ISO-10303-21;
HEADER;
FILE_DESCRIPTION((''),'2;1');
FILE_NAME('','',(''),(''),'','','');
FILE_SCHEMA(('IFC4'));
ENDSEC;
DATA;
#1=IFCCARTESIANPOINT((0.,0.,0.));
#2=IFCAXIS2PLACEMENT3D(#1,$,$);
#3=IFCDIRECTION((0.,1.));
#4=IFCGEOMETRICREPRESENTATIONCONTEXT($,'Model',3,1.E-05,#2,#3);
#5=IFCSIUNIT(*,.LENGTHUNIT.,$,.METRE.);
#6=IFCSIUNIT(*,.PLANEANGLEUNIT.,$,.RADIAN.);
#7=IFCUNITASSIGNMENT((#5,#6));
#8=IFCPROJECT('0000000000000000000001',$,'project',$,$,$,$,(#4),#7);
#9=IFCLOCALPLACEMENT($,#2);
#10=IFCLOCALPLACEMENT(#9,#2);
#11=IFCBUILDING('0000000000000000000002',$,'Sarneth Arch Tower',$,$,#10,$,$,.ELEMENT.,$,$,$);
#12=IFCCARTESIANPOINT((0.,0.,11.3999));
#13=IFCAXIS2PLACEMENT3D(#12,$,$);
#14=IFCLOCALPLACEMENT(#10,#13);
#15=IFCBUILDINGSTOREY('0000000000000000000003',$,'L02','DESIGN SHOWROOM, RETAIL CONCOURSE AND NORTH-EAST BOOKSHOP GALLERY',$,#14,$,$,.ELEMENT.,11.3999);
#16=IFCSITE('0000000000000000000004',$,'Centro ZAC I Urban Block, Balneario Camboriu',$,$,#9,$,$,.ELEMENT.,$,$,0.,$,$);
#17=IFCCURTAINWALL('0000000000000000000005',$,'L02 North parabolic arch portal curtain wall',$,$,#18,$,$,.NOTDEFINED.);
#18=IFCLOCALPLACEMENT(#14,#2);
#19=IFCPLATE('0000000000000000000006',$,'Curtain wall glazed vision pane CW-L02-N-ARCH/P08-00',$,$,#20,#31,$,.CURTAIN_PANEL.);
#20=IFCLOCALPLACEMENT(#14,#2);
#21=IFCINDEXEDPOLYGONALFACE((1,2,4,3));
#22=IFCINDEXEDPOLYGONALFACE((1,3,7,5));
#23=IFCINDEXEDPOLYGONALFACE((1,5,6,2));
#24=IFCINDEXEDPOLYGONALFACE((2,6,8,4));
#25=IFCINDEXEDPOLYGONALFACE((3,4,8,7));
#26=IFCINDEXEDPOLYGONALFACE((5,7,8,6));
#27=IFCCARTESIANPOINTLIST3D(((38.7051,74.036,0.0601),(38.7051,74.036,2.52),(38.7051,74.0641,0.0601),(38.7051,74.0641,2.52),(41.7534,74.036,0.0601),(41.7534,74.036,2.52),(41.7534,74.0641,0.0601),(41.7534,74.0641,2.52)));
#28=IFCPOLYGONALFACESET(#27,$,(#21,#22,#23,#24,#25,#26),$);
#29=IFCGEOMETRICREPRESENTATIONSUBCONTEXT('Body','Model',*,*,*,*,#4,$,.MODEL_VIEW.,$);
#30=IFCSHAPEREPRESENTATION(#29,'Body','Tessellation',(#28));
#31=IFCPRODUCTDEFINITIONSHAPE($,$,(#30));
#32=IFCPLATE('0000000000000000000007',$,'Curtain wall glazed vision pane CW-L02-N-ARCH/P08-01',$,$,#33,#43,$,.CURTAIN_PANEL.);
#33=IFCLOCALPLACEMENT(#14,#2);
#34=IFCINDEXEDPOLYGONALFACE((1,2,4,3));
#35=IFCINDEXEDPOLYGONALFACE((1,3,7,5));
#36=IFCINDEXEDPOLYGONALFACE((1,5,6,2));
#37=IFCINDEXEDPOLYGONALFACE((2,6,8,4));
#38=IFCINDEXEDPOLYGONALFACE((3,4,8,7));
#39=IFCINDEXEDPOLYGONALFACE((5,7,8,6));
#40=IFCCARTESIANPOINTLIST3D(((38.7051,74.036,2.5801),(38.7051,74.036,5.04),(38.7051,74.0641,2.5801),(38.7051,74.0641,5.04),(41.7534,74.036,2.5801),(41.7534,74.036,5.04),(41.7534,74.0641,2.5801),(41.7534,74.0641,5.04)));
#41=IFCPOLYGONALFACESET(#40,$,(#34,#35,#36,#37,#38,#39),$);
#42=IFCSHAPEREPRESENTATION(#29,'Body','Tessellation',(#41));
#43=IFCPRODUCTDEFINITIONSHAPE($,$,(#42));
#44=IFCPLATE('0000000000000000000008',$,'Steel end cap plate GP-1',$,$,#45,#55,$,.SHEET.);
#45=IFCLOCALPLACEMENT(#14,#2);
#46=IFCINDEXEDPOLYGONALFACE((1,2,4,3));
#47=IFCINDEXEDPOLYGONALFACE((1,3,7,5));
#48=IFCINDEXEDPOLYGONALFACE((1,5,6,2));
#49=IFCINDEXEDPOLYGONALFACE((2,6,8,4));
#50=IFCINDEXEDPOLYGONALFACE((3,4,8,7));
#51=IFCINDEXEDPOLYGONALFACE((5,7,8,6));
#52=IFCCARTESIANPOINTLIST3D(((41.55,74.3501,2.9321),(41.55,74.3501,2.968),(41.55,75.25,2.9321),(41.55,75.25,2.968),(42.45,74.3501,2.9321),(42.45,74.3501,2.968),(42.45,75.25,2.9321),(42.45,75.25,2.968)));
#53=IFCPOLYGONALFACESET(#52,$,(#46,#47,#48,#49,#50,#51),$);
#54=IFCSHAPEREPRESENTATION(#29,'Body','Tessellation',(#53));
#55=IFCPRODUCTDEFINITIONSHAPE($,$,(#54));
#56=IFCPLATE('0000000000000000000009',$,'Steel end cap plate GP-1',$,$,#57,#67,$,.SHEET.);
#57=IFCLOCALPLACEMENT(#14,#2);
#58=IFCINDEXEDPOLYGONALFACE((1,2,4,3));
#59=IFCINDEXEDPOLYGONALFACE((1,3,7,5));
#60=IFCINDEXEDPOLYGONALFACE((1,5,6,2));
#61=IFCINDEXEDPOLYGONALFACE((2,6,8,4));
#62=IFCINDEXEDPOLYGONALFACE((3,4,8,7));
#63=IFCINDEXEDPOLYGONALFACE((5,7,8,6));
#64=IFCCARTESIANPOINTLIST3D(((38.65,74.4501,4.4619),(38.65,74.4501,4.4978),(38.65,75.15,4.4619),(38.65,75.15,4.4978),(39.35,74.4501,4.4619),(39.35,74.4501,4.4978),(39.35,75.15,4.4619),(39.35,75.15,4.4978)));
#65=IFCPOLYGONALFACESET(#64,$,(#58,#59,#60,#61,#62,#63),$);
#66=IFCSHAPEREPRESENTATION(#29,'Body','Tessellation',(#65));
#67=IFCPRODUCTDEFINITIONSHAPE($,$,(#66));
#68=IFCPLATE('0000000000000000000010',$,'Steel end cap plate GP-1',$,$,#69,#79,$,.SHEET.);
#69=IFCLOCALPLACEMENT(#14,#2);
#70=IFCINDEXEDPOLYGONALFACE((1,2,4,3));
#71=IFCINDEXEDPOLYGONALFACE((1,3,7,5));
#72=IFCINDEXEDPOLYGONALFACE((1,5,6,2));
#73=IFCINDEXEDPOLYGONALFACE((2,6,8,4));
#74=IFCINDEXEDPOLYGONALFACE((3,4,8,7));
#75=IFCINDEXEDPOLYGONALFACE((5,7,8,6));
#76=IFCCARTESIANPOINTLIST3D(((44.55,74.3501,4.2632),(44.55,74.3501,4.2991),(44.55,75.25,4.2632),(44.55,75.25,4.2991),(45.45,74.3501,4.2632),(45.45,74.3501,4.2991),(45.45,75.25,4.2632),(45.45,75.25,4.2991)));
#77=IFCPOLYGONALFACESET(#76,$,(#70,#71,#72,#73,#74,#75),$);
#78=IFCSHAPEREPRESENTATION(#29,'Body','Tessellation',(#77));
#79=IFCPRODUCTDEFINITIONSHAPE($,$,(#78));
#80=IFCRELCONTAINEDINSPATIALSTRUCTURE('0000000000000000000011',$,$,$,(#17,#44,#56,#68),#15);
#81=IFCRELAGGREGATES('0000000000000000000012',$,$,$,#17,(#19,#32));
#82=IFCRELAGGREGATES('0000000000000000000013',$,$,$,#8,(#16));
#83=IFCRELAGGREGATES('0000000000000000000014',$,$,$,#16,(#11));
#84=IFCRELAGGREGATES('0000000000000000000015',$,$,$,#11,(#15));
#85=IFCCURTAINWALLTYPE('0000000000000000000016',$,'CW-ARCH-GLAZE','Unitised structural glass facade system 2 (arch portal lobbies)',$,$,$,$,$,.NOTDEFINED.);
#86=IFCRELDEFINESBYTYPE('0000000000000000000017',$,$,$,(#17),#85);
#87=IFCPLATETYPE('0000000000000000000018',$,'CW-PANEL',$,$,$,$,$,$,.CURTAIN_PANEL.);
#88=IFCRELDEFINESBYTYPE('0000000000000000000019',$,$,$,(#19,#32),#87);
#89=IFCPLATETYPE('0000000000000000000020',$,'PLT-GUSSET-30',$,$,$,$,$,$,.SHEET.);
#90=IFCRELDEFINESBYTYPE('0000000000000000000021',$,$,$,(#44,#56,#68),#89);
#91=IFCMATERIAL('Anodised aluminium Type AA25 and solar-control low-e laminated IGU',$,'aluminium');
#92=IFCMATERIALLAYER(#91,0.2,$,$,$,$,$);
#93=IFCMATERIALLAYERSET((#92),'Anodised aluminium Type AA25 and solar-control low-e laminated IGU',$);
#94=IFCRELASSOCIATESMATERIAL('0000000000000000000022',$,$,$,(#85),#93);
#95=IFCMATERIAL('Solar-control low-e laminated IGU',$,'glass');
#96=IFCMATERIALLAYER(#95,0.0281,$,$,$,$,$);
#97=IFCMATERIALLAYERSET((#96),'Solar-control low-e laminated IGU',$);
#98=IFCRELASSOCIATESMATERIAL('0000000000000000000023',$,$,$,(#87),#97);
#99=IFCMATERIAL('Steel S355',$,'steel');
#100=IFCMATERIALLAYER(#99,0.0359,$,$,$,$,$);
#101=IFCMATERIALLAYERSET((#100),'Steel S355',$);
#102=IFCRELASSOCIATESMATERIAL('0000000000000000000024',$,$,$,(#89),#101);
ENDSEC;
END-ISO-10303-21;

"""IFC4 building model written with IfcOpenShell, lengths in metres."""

from ifc_helpers import new_model, si_unit, direction, frame, origin, origin_2d, place, context, subcontext, project, spatial, rectangle, extrude, material, layer, layer_set, type_object, element, aggregate, save


model = new_model("IFC4")

# Units and contexts
model_context = context("Model", 3, precision=1e-05, world=origin(), true_north=direction((0.0, 1.0)))
body_context = subcontext(model_context, "Body", "Model", "MODEL_VIEW")
ifc_project = project(units=[si_unit("LENGTHUNIT", "METRE"), si_unit("PLANEANGLEUNIT", "RADIAN")], contexts=[model_context])

# Site, building, storey
site_placement = place(None, origin())
site = spatial("IfcSite", under=ifc_project, at=site_placement, Name="Centro ZAC I Urban Block, Balneario Camboriu", CompositionType="ELEMENT", RefElevation=0.0)
building_placement = place(site_placement, origin())
building = spatial("IfcBuilding", under=site, at=building_placement, Name="Sarneth Arch Tower", CompositionType="ELEMENT")
storey_placement = place(building_placement, frame((0.0, 0.0, 11.3999)))
storey = spatial("IfcBuildingStorey", under=building, at=storey_placement, Name="L02", Description="DESIGN SHOWROOM, RETAIL CONCOURSE AND NORTH-EAST BOOKSHOP GALLERY", CompositionType="ELEMENT", Elevation=11.3999)

# Curtain wall
ifc_material_1 = material(Name="Anodised aluminium Type AA25 and solar-control low-e laminated IGU", Category="aluminium")
ifc_layer_1 = layer(ifc_material_1, 0.2)
ifc_layer_set_1 = layer_set([ifc_layer_1], Name="Anodised aluminium Type AA25 and solar-control low-e laminated IGU")
curtain_wall_type = type_object("IfcCurtainWallType", Name="CW-ARCH-GLAZE", Description="Unitised structural glass facade system 2 (arch portal lobbies)", PredefinedType="NOTDEFINED", material=ifc_layer_set_1)
curtain_wall_placement = place(storey_placement, origin())
curtain_wall = element("IfcCurtainWall", 1, at=curtain_wall_placement, inside=storey, type_object=curtain_wall_type, Name="L02 North parabolic arch portal curtain wall", PredefinedType="NOTDEFINED")

# Plates
ifc_material_2 = material(Name="Solar-control low-e laminated IGU", Category="glass")
ifc_layer_2 = layer(ifc_material_2, 0.0281)
ifc_layer_set_2 = layer_set([ifc_layer_2], Name="Solar-control low-e laminated IGU")
plate_type_1 = type_object("IfcPlateType", Name="CW-PANEL", PredefinedType="CURTAIN_PANEL", material=ifc_layer_set_2)
plate_1_placement = place(storey_placement, frame((40.2292, 74.05, 0.0601), z_axis=(0.0, 0.0, 1.0), x_axis=(-1.0, 0.0, 0.0)))
plate_1 = element("IfcPlate", 2, at=plate_1_placement, type_object=plate_type_1, Name="Curtain wall glazed vision pane CW-L02-N-ARCH/P08-00", PredefinedType="CURTAIN_PANEL", context=body_context, shape_type="SweptSolid", body=[
    extrude(rectangle(XDim=3.0483, YDim=0.0281, at=origin_2d()), origin(), (0.0, 0.0, 1.0), 2.46),
])
plate_2_placement = place(storey_placement, frame((40.2292, 74.05, 2.5801), z_axis=(0.0, 0.0, 1.0), x_axis=(-1.0, 0.0, 0.0)))
plate_2 = element("IfcPlate", 3, at=plate_2_placement, type_object=plate_type_1, Name="Curtain wall glazed vision pane CW-L02-N-ARCH/P08-01", PredefinedType="CURTAIN_PANEL", context=body_context, shape_type="SweptSolid", body=[
    extrude(rectangle(XDim=3.0483, YDim=0.0281, at=origin_2d()), origin(), (0.0, 0.0, 1.0), 2.46),
])
aggregate(curtain_wall, [plate_1, plate_2])

# Plates
ifc_material_3 = material(Name="Steel S355", Category="steel")
ifc_layer_3 = layer(ifc_material_3, 0.0359)
ifc_layer_set_3 = layer_set([ifc_layer_3], Name="Steel S355")
plate_type_2 = type_object("IfcPlateType", Name="PLT-GUSSET-30", PredefinedType="SHEET", material=ifc_layer_set_3)
plate_3_placement = place(storey_placement, frame((42.0, 74.8, 2.9321), z_axis=(0.0, 0.0, 1.0), x_axis=(-1.0, 0.0, 0.0)))
element("IfcPlate", 4, at=plate_3_placement, inside=storey, type_object=plate_type_2, Name="Steel end cap plate GP-1", PredefinedType="SHEET", context=body_context, shape_type="SweptSolid", body=[
    extrude(rectangle(XDim=0.8999, YDim=0.8999, at=origin_2d()), origin(), (0.0, 0.0, 1.0), 0.0359),
])
plate_4_placement = place(storey_placement, frame((39.0, 74.8, 4.4619), z_axis=(0.0, 0.0, 1.0), x_axis=(1.0, 0.0, 0.0)))
element("IfcPlate", 5, at=plate_4_placement, inside=storey, type_object=plate_type_2, Name="Steel end cap plate GP-1", PredefinedType="SHEET", context=body_context, shape_type="SweptSolid", body=[
    extrude(rectangle(XDim=0.7, YDim=0.7, at=origin_2d()), origin(), (0.0, 0.0, 1.0), 0.0359),
])
plate_5_placement = place(storey_placement, frame((45.0, 74.8, 4.2632), z_axis=(0.0, 0.0, 1.0), x_axis=(-1.0, 0.0, 0.0)))
element("IfcPlate", 6, at=plate_5_placement, inside=storey, type_object=plate_type_2, Name="Steel end cap plate GP-1", PredefinedType="SHEET", context=body_context, shape_type="SweptSolid", body=[
    extrude(rectangle(XDim=0.8999, YDim=0.8999, at=origin_2d()), origin(), (0.0, 0.0, 1.0), 0.0359),
])

save(model, "model.ifc")
